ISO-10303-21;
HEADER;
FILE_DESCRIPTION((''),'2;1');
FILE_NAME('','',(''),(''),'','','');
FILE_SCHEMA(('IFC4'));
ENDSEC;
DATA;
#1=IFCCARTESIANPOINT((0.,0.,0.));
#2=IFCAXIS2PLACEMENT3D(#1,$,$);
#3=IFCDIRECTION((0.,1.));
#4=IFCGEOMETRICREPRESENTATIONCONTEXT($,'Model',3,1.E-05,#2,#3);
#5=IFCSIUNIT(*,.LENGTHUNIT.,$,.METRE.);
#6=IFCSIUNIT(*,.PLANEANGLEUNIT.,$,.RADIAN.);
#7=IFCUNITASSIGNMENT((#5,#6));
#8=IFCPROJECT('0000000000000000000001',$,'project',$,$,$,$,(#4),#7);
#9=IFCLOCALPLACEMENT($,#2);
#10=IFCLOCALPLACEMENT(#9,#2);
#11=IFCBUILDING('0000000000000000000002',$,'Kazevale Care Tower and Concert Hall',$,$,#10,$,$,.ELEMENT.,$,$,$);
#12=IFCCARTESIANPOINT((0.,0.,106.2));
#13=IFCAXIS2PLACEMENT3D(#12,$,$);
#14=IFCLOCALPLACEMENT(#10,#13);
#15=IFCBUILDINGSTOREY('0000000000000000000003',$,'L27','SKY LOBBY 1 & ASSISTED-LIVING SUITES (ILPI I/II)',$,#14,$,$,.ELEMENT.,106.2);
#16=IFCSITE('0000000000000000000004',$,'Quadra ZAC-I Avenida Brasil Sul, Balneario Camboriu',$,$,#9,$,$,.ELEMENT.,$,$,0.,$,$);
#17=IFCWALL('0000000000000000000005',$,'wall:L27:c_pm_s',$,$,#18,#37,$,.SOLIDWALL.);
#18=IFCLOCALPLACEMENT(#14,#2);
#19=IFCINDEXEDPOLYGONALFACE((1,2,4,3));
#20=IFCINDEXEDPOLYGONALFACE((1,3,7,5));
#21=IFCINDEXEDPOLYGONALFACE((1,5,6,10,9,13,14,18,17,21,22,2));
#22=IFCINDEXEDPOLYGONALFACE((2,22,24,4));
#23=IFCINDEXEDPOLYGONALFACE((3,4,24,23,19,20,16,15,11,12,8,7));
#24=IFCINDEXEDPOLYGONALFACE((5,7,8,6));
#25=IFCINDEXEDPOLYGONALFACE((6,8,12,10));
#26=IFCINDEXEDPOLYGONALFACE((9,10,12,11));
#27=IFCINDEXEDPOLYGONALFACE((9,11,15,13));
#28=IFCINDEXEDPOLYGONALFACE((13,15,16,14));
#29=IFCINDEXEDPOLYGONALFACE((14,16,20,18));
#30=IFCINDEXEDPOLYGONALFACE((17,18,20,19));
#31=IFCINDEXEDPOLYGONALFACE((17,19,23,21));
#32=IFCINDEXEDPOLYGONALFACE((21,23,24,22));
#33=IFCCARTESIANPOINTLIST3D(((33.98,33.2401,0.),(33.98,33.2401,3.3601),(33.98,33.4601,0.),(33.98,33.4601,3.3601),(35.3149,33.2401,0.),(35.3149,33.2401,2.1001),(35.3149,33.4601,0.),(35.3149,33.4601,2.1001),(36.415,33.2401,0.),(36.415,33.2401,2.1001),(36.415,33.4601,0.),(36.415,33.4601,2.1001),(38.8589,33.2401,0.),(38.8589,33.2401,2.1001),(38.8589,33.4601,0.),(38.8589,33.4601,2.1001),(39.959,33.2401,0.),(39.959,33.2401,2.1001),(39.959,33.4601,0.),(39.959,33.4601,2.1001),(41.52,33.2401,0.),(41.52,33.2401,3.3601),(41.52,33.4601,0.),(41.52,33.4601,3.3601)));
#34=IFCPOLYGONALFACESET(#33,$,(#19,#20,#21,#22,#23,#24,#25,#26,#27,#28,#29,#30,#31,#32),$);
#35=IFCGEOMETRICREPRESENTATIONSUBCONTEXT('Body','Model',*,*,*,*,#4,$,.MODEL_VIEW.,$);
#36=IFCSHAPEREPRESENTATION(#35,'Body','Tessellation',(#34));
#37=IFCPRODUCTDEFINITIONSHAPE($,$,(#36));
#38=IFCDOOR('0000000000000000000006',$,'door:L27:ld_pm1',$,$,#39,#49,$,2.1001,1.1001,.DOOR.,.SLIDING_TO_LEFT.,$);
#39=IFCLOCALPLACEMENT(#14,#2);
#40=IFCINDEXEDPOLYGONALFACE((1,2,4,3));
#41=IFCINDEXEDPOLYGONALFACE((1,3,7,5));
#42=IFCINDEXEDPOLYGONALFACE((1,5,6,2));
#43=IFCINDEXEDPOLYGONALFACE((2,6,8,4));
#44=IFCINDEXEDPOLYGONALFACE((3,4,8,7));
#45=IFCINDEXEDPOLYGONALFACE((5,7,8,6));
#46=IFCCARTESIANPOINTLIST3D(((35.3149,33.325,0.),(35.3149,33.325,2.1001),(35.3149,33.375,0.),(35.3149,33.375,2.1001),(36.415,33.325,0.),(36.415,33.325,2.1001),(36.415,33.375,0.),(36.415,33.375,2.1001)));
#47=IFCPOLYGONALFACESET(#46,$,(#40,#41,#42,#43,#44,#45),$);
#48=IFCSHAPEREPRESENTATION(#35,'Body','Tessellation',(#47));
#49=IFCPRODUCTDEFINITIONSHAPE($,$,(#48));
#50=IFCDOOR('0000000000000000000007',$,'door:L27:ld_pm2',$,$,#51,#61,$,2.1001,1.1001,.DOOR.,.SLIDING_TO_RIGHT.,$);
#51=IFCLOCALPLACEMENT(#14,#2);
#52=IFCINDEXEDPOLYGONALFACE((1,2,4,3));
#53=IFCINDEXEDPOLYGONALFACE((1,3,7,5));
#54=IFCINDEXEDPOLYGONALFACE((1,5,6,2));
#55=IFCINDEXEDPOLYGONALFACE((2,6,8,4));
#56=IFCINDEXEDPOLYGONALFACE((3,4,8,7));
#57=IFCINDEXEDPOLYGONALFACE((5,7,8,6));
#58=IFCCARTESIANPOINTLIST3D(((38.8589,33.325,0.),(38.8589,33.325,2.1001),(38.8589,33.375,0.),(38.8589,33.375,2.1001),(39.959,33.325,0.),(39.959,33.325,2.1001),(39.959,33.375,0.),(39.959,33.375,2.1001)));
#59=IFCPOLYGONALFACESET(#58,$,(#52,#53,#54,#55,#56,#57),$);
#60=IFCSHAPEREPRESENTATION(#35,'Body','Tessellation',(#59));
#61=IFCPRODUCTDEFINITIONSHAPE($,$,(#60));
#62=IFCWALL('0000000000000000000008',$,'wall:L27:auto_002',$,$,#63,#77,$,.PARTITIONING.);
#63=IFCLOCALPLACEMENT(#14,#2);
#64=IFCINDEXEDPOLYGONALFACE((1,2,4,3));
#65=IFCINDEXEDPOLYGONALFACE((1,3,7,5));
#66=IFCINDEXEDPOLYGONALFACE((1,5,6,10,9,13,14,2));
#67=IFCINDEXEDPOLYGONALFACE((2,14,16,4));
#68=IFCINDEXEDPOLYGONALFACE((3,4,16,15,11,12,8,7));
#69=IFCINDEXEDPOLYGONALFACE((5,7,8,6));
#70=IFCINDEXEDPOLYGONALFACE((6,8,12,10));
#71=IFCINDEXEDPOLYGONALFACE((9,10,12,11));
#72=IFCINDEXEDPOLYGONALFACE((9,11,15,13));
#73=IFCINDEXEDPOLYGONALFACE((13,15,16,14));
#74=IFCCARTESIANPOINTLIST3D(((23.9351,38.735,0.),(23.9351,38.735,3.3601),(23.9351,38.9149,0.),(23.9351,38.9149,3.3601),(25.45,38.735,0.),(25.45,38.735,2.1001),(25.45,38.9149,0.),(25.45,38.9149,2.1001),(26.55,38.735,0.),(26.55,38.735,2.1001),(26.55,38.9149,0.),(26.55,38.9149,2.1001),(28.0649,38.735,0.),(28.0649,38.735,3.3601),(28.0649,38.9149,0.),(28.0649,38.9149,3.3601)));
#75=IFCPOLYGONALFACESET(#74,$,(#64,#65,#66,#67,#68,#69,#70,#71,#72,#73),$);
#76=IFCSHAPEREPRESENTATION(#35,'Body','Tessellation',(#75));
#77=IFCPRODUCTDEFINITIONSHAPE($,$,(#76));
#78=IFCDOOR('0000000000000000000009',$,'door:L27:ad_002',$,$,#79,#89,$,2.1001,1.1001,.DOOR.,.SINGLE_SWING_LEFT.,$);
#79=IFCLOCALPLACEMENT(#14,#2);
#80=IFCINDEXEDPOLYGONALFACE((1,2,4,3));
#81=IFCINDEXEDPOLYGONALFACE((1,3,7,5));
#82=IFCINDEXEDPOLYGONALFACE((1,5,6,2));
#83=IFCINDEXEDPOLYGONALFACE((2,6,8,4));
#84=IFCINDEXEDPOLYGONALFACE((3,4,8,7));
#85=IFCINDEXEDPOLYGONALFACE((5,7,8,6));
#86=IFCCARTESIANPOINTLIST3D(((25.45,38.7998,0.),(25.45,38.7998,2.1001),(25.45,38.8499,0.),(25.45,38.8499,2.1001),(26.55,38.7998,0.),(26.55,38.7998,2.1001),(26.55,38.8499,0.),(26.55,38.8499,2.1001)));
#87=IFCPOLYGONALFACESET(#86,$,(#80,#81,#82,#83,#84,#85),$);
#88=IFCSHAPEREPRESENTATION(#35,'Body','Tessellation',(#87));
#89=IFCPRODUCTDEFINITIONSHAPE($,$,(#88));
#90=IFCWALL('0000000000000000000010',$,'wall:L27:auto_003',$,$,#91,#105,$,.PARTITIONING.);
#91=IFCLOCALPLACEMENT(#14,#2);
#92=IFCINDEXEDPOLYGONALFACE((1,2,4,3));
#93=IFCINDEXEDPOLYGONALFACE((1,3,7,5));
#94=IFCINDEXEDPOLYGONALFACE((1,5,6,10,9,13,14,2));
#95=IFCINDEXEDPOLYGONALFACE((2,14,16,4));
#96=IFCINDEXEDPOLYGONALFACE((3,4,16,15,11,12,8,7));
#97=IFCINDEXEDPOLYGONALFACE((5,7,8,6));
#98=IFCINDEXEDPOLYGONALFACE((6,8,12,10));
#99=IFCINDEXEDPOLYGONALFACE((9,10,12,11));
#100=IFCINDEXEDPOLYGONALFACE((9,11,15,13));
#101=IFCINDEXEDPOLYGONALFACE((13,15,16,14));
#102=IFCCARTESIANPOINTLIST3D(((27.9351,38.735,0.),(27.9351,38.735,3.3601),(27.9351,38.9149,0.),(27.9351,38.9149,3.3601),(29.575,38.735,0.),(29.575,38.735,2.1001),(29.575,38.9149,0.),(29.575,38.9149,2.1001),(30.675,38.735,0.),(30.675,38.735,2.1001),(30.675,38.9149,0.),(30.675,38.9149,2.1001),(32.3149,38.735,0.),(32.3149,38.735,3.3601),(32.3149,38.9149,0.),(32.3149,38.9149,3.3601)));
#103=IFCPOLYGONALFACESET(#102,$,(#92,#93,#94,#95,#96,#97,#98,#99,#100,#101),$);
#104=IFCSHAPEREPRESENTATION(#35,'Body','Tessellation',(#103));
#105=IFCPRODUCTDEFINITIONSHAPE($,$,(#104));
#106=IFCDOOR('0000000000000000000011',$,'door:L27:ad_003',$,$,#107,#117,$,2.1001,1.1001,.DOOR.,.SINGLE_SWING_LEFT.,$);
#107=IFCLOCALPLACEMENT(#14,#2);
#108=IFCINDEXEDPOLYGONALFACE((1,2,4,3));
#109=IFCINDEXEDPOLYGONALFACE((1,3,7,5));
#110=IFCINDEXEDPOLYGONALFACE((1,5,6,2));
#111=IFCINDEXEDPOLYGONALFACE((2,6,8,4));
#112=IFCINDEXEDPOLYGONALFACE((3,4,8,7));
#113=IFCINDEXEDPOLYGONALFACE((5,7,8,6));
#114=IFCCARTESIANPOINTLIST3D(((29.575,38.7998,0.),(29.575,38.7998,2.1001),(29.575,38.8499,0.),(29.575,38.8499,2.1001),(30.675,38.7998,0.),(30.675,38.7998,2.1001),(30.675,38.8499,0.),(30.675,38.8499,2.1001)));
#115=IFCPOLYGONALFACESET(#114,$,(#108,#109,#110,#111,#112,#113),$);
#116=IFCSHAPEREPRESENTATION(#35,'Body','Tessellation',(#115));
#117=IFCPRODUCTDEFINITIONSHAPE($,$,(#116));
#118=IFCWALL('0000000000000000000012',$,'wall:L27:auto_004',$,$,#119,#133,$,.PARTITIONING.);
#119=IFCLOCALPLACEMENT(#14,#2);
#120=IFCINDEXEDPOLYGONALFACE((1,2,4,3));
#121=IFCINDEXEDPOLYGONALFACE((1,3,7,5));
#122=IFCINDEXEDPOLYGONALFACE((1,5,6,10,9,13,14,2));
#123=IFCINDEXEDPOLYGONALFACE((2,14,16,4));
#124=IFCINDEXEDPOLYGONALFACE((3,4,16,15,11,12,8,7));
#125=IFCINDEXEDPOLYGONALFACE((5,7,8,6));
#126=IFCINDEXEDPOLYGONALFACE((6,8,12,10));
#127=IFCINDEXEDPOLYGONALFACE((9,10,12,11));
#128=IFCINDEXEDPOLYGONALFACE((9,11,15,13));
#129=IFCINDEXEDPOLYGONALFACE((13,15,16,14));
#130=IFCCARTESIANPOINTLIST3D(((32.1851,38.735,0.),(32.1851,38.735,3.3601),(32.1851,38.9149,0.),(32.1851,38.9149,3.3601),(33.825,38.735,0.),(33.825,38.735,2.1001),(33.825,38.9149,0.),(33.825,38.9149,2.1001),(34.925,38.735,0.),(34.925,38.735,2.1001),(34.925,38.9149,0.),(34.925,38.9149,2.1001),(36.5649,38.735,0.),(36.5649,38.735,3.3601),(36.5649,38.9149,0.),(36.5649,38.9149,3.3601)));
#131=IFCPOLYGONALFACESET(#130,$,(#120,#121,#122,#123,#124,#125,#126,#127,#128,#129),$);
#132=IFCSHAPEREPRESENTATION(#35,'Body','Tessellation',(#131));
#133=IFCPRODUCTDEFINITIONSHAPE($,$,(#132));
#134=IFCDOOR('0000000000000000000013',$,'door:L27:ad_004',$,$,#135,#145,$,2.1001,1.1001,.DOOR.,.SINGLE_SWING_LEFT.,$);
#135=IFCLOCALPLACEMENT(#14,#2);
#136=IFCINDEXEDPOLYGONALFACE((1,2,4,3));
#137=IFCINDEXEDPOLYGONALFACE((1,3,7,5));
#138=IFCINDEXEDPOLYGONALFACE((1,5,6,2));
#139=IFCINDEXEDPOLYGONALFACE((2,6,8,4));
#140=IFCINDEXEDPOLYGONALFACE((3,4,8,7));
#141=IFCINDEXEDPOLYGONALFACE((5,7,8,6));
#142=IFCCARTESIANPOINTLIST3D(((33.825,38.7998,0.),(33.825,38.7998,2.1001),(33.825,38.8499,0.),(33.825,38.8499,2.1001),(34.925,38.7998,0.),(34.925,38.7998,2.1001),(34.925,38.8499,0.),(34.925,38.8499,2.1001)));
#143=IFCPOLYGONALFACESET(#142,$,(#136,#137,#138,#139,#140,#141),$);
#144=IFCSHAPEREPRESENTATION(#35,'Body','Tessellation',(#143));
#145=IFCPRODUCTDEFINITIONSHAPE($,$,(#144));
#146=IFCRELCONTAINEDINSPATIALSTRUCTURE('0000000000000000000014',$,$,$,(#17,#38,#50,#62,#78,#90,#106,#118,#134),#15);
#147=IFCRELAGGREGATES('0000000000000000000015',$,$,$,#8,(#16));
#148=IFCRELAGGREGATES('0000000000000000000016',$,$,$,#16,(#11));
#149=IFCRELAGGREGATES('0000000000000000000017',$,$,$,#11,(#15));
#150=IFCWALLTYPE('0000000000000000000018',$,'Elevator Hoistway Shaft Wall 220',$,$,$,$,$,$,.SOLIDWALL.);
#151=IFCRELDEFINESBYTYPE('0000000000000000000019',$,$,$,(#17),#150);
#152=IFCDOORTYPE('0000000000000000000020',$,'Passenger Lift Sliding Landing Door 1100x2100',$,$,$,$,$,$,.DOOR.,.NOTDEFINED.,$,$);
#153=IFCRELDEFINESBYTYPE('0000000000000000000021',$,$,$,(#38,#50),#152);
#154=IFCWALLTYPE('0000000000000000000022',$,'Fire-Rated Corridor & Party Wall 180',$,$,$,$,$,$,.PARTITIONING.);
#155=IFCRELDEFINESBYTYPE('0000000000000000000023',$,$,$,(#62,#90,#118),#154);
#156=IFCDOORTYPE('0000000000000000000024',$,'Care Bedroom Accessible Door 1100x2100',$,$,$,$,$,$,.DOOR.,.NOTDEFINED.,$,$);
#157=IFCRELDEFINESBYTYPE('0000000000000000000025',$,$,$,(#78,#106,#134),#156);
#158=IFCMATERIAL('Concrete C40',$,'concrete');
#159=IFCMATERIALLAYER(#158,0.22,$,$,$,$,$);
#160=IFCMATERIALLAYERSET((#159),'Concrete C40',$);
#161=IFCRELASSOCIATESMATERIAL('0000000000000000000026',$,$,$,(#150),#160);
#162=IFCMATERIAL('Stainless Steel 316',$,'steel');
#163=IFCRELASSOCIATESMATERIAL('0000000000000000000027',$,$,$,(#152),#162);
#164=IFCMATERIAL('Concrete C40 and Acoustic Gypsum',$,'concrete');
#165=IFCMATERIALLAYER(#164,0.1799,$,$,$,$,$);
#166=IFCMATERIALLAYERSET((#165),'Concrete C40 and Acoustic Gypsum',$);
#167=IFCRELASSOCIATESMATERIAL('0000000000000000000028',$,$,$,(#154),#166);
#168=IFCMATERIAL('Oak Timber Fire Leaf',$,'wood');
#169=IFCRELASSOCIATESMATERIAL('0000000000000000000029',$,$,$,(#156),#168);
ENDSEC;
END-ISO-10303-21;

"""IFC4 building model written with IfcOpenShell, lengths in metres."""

from ifc_helpers import new_model, si_unit, direction, frame, frame_2d, origin, place, context, subcontext, project, spatial, rectangle, extrude, material, layer, layer_set, type_object, element, fill, save


model = new_model("IFC4")

# Units and contexts
model_context = context("Model", 3, precision=1e-05, world=origin(), true_north=direction((0.0, 1.0)))
body_context = subcontext(model_context, "Body", "Model", "MODEL_VIEW")
ifc_project = project(units=[si_unit("LENGTHUNIT", "METRE"), si_unit("PLANEANGLEUNIT", "RADIAN")], contexts=[model_context])

# Site, building, storey
site_placement = place(None, origin())
site = spatial("IfcSite", under=ifc_project, at=site_placement, Name="Quadra ZAC-I Avenida Brasil Sul, Balneario Camboriu", CompositionType="ELEMENT", RefElevation=0.0)
building_placement = place(site_placement, origin())
building = spatial("IfcBuilding", under=site, at=building_placement, Name="Kazevale Care Tower and Concert Hall", CompositionType="ELEMENT")
storey_placement = place(building_placement, frame((0.0, 0.0, 106.2)))
storey = spatial("IfcBuildingStorey", under=building, at=storey_placement, Name="L27", Description="SKY LOBBY 1 & ASSISTED-LIVING SUITES (ILPI I/II)", CompositionType="ELEMENT", Elevation=106.2)

# Shared definitions
ifc_material_1 = material(Name="Oak Timber Fire Leaf", Category="wood")

# Shared definitions
ifc_material_2 = material(Name="Concrete C40", Category="concrete")
ifc_layer_1 = layer(ifc_material_2, 0.22)
ifc_layer_set_1 = layer_set([ifc_layer_1], Name="Concrete C40")
wall_type_1 = type_object("IfcWallType", Name="Elevator Hoistway Shaft Wall 220", PredefinedType="SOLIDWALL", material=ifc_layer_set_1)

# Wall, openings, doors
wall_1_placement = place(storey_placement, frame((33.98, 33.3501, 0.0), z_axis=(0.0, 0.0, 1.0), x_axis=(1.0, 0.0, 0.0)))
wall_1 = element("IfcWall", 1, at=wall_1_placement, inside=storey, type_object=wall_type_1, Name="wall:L27:c_pm_s", PredefinedType="SOLIDWALL", context=body_context, shape_type="SweptSolid", body=[
    extrude(rectangle(XDim=7.54, YDim=0.22, at=frame_2d((3.77, 0.0))), origin(), (0.0, 0.0, 1.0), 3.3601),
])
opening_1_placement = place(wall_1_placement, frame((1.335, 0.0, 0.0)))
opening_1 = element("IfcOpeningElement", 2, at=opening_1_placement, cuts=wall_1, PredefinedType="OPENING", context=body_context, shape_type="SweptSolid", body=[
    extrude(rectangle(XDim=1.1001, YDim=2.1001, at=frame_2d((0.55, 1.05))), frame((0.0, 0.1199, 0.0), z_axis=(0.0, -1.0, 0.0), x_axis=(1.0, 0.0, 0.0)), (0.0, 0.0, 1.0), 0.24),
])
opening_2_placement = place(wall_1_placement, frame((4.8789, 0.0, 0.0)))
opening_2 = element("IfcOpeningElement", 3, at=opening_2_placement, cuts=wall_1, PredefinedType="OPENING", context=body_context, shape_type="SweptSolid", body=[
    extrude(rectangle(XDim=1.1001, YDim=2.1001, at=frame_2d((0.55, 1.05))), frame((0.0, 0.1199, 0.0), z_axis=(0.0, -1.0, 0.0), x_axis=(1.0, 0.0, 0.0)), (0.0, 0.0, 1.0), 0.24),
])
ifc_material_3 = material(Name="Stainless Steel 316", Category="steel")
door_type_1 = type_object("IfcDoorType", Name="Passenger Lift Sliding Landing Door 1100x2100", OperationType="NOTDEFINED", PredefinedType="DOOR", material=ifc_material_3)
door_1_placement = place(opening_1_placement, origin())
door_1 = element("IfcDoor", 4, at=door_1_placement, inside=storey, type_object=door_type_1, Name="door:L27:ld_pm1", OperationType="SLIDING_TO_LEFT", OverallHeight=2.1001, OverallWidth=1.1001, PredefinedType="DOOR", context=body_context, shape_type="SweptSolid", body=[
    extrude(rectangle(XDim=1.1001, YDim=2.1001, at=frame_2d((0.55, 1.05))), frame((0.0, 0.0249, 0.0), z_axis=(0.0, -1.0, 0.0), x_axis=(1.0, 0.0, 0.0)), (0.0, 0.0, 1.0), 0.05),
])
fill(opening_1, door_1)
door_2_placement = place(opening_2_placement, origin())
door_2 = element("IfcDoor", 5, at=door_2_placement, inside=storey, type_object=door_type_1, Name="door:L27:ld_pm2", OperationType="SLIDING_TO_RIGHT", OverallHeight=2.1001, OverallWidth=1.1001, PredefinedType="DOOR", context=body_context, shape_type="SweptSolid", body=[
    extrude(rectangle(XDim=1.1001, YDim=2.1001, at=frame_2d((0.55, 1.05))), frame((0.0, 0.0249, 0.0), z_axis=(0.0, -1.0, 0.0), x_axis=(1.0, 0.0, 0.0)), (0.0, 0.0, 1.0), 0.05),
])
fill(opening_2, door_2)

# Walls, openings, doors
ifc_material_4 = material(Name="Concrete C40 and Acoustic Gypsum", Category="concrete")
ifc_layer_2 = layer(ifc_material_4, 0.1799)
ifc_layer_set_2 = layer_set([ifc_layer_2], Name="Concrete C40 and Acoustic Gypsum")
wall_type_2 = type_object("IfcWallType", Name="Fire-Rated Corridor & Party Wall 180", PredefinedType="PARTITIONING", material=ifc_layer_set_2)
wall_2_placement = place(storey_placement, frame((23.9351, 38.825, 0.0), z_axis=(0.0, 0.0, 1.0), x_axis=(1.0, 0.0, 0.0)))
wall_2 = element("IfcWall", 6, at=wall_2_placement, inside=storey, type_object=wall_type_2, Name="wall:L27:auto_002", PredefinedType="PARTITIONING", context=body_context, shape_type="SweptSolid", body=[
    extrude(rectangle(XDim=4.1299, YDim=0.1799, at=frame_2d((2.0649, 0.0))), origin(), (0.0, 0.0, 1.0), 3.3601),
])
opening_3_placement = place(wall_2_placement, frame((1.5149, 0.0, 0.0)))
opening_3 = element("IfcOpeningElement", 7, at=opening_3_placement, cuts=wall_2, PredefinedType="OPENING", context=body_context, shape_type="SweptSolid", body=[
    extrude(rectangle(XDim=1.1001, YDim=2.1001, at=frame_2d((0.55, 1.05))), frame((0.0, 0.0999, 0.0), z_axis=(0.0, -1.0, 0.0), x_axis=(1.0, 0.0, 0.0)), (0.0, 0.0, 1.0), 0.2),
])
door_type_2 = type_object("IfcDoorType", Name="Care Bedroom Accessible Door 1100x2100", OperationType="NOTDEFINED", PredefinedType="DOOR", material=ifc_material_1)
door_3_placement = place(opening_3_placement, origin())
door_3 = element("IfcDoor", 8, at=door_3_placement, inside=storey, type_object=door_type_2, Name="door:L27:ad_002", OperationType="SINGLE_SWING_LEFT", OverallHeight=2.1001, OverallWidth=1.1001, PredefinedType="DOOR", context=body_context, shape_type="SweptSolid", body=[
    extrude(rectangle(XDim=1.1001, YDim=2.1001, at=frame_2d((0.55, 1.05))), frame((0.0, 0.0249, 0.0), z_axis=(0.0, -1.0, 0.0), x_axis=(1.0, 0.0, 0.0)), (0.0, 0.0, 1.0), 0.05),
])
fill(opening_3, door_3)
wall_3_placement = place(storey_placement, frame((27.9351, 38.825, 0.0), z_axis=(0.0, 0.0, 1.0), x_axis=(1.0, 0.0, 0.0)))
wall_3 = element("IfcWall", 9, at=wall_3_placement, inside=storey, type_object=wall_type_2, Name="wall:L27:auto_003", PredefinedType="PARTITIONING", context=body_context, shape_type="SweptSolid", body=[
    extrude(rectangle(XDim=4.3799, YDim=0.1799, at=frame_2d((2.1899, 0.0))), origin(), (0.0, 0.0, 1.0), 3.3601),
])
opening_4_placement = place(wall_3_placement, frame((1.6399, 0.0, 0.0)))
opening_4 = element("IfcOpeningElement", 10, at=opening_4_placement, cuts=wall_3, PredefinedType="OPENING", context=body_context, shape_type="SweptSolid", body=[
    extrude(rectangle(XDim=1.1001, YDim=2.1001, at=frame_2d((0.55, 1.05))), frame((0.0, 0.0999, 0.0), z_axis=(0.0, -1.0, 0.0), x_axis=(1.0, 0.0, 0.0)), (0.0, 0.0, 1.0), 0.2),
])
door_4_placement = place(opening_4_placement, origin())
door_4 = element("IfcDoor", 11, at=door_4_placement, inside=storey, type_object=door_type_2, Name="door:L27:ad_003", OperationType="SINGLE_SWING_LEFT", OverallHeight=2.1001, OverallWidth=1.1001, PredefinedType="DOOR", context=body_context, shape_type="SweptSolid", body=[
    extrude(rectangle(XDim=1.1001, YDim=2.1001, at=frame_2d((0.55, 1.05))), frame((0.0, 0.0249, 0.0), z_axis=(0.0, -1.0, 0.0), x_axis=(1.0, 0.0, 0.0)), (0.0, 0.0, 1.0), 0.05),
])
fill(opening_4, door_4)
wall_4_placement = place(storey_placement, frame((32.1851, 38.825, 0.0), z_axis=(0.0, 0.0, 1.0), x_axis=(1.0, 0.0, 0.0)))
wall_4 = element("IfcWall", 12, at=wall_4_placement, inside=storey, type_object=wall_type_2, Name="wall:L27:auto_004", PredefinedType="PARTITIONING", context=body_context, shape_type="SweptSolid", body=[
    extrude(rectangle(XDim=4.3799, YDim=0.1799, at=frame_2d((2.1899, 0.0))), origin(), (0.0, 0.0, 1.0), 3.3601),
])
opening_5_placement = place(wall_4_placement, frame((1.6399, 0.0, 0.0)))
opening_5 = element("IfcOpeningElement", 13, at=opening_5_placement, cuts=wall_4, PredefinedType="OPENING", context=body_context, shape_type="SweptSolid", body=[
    extrude(rectangle(XDim=1.1001, YDim=2.1001, at=frame_2d((0.55, 1.05))), frame((0.0, 0.0999, 0.0), z_axis=(0.0, -1.0, 0.0), x_axis=(1.0, 0.0, 0.0)), (0.0, 0.0, 1.0), 0.2),
])
door_5_placement = place(opening_5_placement, origin())
door_5 = element("IfcDoor", 14, at=door_5_placement, inside=storey, type_object=door_type_2, Name="door:L27:ad_004", OperationType="SINGLE_SWING_LEFT", OverallHeight=2.1001, OverallWidth=1.1001, PredefinedType="DOOR", context=body_context, shape_type="SweptSolid", body=[
    extrude(rectangle(XDim=1.1001, YDim=2.1001, at=frame_2d((0.55, 1.05))), frame((0.0, 0.0249, 0.0), z_axis=(0.0, -1.0, 0.0), x_axis=(1.0, 0.0, 0.0)), (0.0, 0.0, 1.0), 0.05),
])
fill(opening_5, door_5)

save(model, "model.ifc")
